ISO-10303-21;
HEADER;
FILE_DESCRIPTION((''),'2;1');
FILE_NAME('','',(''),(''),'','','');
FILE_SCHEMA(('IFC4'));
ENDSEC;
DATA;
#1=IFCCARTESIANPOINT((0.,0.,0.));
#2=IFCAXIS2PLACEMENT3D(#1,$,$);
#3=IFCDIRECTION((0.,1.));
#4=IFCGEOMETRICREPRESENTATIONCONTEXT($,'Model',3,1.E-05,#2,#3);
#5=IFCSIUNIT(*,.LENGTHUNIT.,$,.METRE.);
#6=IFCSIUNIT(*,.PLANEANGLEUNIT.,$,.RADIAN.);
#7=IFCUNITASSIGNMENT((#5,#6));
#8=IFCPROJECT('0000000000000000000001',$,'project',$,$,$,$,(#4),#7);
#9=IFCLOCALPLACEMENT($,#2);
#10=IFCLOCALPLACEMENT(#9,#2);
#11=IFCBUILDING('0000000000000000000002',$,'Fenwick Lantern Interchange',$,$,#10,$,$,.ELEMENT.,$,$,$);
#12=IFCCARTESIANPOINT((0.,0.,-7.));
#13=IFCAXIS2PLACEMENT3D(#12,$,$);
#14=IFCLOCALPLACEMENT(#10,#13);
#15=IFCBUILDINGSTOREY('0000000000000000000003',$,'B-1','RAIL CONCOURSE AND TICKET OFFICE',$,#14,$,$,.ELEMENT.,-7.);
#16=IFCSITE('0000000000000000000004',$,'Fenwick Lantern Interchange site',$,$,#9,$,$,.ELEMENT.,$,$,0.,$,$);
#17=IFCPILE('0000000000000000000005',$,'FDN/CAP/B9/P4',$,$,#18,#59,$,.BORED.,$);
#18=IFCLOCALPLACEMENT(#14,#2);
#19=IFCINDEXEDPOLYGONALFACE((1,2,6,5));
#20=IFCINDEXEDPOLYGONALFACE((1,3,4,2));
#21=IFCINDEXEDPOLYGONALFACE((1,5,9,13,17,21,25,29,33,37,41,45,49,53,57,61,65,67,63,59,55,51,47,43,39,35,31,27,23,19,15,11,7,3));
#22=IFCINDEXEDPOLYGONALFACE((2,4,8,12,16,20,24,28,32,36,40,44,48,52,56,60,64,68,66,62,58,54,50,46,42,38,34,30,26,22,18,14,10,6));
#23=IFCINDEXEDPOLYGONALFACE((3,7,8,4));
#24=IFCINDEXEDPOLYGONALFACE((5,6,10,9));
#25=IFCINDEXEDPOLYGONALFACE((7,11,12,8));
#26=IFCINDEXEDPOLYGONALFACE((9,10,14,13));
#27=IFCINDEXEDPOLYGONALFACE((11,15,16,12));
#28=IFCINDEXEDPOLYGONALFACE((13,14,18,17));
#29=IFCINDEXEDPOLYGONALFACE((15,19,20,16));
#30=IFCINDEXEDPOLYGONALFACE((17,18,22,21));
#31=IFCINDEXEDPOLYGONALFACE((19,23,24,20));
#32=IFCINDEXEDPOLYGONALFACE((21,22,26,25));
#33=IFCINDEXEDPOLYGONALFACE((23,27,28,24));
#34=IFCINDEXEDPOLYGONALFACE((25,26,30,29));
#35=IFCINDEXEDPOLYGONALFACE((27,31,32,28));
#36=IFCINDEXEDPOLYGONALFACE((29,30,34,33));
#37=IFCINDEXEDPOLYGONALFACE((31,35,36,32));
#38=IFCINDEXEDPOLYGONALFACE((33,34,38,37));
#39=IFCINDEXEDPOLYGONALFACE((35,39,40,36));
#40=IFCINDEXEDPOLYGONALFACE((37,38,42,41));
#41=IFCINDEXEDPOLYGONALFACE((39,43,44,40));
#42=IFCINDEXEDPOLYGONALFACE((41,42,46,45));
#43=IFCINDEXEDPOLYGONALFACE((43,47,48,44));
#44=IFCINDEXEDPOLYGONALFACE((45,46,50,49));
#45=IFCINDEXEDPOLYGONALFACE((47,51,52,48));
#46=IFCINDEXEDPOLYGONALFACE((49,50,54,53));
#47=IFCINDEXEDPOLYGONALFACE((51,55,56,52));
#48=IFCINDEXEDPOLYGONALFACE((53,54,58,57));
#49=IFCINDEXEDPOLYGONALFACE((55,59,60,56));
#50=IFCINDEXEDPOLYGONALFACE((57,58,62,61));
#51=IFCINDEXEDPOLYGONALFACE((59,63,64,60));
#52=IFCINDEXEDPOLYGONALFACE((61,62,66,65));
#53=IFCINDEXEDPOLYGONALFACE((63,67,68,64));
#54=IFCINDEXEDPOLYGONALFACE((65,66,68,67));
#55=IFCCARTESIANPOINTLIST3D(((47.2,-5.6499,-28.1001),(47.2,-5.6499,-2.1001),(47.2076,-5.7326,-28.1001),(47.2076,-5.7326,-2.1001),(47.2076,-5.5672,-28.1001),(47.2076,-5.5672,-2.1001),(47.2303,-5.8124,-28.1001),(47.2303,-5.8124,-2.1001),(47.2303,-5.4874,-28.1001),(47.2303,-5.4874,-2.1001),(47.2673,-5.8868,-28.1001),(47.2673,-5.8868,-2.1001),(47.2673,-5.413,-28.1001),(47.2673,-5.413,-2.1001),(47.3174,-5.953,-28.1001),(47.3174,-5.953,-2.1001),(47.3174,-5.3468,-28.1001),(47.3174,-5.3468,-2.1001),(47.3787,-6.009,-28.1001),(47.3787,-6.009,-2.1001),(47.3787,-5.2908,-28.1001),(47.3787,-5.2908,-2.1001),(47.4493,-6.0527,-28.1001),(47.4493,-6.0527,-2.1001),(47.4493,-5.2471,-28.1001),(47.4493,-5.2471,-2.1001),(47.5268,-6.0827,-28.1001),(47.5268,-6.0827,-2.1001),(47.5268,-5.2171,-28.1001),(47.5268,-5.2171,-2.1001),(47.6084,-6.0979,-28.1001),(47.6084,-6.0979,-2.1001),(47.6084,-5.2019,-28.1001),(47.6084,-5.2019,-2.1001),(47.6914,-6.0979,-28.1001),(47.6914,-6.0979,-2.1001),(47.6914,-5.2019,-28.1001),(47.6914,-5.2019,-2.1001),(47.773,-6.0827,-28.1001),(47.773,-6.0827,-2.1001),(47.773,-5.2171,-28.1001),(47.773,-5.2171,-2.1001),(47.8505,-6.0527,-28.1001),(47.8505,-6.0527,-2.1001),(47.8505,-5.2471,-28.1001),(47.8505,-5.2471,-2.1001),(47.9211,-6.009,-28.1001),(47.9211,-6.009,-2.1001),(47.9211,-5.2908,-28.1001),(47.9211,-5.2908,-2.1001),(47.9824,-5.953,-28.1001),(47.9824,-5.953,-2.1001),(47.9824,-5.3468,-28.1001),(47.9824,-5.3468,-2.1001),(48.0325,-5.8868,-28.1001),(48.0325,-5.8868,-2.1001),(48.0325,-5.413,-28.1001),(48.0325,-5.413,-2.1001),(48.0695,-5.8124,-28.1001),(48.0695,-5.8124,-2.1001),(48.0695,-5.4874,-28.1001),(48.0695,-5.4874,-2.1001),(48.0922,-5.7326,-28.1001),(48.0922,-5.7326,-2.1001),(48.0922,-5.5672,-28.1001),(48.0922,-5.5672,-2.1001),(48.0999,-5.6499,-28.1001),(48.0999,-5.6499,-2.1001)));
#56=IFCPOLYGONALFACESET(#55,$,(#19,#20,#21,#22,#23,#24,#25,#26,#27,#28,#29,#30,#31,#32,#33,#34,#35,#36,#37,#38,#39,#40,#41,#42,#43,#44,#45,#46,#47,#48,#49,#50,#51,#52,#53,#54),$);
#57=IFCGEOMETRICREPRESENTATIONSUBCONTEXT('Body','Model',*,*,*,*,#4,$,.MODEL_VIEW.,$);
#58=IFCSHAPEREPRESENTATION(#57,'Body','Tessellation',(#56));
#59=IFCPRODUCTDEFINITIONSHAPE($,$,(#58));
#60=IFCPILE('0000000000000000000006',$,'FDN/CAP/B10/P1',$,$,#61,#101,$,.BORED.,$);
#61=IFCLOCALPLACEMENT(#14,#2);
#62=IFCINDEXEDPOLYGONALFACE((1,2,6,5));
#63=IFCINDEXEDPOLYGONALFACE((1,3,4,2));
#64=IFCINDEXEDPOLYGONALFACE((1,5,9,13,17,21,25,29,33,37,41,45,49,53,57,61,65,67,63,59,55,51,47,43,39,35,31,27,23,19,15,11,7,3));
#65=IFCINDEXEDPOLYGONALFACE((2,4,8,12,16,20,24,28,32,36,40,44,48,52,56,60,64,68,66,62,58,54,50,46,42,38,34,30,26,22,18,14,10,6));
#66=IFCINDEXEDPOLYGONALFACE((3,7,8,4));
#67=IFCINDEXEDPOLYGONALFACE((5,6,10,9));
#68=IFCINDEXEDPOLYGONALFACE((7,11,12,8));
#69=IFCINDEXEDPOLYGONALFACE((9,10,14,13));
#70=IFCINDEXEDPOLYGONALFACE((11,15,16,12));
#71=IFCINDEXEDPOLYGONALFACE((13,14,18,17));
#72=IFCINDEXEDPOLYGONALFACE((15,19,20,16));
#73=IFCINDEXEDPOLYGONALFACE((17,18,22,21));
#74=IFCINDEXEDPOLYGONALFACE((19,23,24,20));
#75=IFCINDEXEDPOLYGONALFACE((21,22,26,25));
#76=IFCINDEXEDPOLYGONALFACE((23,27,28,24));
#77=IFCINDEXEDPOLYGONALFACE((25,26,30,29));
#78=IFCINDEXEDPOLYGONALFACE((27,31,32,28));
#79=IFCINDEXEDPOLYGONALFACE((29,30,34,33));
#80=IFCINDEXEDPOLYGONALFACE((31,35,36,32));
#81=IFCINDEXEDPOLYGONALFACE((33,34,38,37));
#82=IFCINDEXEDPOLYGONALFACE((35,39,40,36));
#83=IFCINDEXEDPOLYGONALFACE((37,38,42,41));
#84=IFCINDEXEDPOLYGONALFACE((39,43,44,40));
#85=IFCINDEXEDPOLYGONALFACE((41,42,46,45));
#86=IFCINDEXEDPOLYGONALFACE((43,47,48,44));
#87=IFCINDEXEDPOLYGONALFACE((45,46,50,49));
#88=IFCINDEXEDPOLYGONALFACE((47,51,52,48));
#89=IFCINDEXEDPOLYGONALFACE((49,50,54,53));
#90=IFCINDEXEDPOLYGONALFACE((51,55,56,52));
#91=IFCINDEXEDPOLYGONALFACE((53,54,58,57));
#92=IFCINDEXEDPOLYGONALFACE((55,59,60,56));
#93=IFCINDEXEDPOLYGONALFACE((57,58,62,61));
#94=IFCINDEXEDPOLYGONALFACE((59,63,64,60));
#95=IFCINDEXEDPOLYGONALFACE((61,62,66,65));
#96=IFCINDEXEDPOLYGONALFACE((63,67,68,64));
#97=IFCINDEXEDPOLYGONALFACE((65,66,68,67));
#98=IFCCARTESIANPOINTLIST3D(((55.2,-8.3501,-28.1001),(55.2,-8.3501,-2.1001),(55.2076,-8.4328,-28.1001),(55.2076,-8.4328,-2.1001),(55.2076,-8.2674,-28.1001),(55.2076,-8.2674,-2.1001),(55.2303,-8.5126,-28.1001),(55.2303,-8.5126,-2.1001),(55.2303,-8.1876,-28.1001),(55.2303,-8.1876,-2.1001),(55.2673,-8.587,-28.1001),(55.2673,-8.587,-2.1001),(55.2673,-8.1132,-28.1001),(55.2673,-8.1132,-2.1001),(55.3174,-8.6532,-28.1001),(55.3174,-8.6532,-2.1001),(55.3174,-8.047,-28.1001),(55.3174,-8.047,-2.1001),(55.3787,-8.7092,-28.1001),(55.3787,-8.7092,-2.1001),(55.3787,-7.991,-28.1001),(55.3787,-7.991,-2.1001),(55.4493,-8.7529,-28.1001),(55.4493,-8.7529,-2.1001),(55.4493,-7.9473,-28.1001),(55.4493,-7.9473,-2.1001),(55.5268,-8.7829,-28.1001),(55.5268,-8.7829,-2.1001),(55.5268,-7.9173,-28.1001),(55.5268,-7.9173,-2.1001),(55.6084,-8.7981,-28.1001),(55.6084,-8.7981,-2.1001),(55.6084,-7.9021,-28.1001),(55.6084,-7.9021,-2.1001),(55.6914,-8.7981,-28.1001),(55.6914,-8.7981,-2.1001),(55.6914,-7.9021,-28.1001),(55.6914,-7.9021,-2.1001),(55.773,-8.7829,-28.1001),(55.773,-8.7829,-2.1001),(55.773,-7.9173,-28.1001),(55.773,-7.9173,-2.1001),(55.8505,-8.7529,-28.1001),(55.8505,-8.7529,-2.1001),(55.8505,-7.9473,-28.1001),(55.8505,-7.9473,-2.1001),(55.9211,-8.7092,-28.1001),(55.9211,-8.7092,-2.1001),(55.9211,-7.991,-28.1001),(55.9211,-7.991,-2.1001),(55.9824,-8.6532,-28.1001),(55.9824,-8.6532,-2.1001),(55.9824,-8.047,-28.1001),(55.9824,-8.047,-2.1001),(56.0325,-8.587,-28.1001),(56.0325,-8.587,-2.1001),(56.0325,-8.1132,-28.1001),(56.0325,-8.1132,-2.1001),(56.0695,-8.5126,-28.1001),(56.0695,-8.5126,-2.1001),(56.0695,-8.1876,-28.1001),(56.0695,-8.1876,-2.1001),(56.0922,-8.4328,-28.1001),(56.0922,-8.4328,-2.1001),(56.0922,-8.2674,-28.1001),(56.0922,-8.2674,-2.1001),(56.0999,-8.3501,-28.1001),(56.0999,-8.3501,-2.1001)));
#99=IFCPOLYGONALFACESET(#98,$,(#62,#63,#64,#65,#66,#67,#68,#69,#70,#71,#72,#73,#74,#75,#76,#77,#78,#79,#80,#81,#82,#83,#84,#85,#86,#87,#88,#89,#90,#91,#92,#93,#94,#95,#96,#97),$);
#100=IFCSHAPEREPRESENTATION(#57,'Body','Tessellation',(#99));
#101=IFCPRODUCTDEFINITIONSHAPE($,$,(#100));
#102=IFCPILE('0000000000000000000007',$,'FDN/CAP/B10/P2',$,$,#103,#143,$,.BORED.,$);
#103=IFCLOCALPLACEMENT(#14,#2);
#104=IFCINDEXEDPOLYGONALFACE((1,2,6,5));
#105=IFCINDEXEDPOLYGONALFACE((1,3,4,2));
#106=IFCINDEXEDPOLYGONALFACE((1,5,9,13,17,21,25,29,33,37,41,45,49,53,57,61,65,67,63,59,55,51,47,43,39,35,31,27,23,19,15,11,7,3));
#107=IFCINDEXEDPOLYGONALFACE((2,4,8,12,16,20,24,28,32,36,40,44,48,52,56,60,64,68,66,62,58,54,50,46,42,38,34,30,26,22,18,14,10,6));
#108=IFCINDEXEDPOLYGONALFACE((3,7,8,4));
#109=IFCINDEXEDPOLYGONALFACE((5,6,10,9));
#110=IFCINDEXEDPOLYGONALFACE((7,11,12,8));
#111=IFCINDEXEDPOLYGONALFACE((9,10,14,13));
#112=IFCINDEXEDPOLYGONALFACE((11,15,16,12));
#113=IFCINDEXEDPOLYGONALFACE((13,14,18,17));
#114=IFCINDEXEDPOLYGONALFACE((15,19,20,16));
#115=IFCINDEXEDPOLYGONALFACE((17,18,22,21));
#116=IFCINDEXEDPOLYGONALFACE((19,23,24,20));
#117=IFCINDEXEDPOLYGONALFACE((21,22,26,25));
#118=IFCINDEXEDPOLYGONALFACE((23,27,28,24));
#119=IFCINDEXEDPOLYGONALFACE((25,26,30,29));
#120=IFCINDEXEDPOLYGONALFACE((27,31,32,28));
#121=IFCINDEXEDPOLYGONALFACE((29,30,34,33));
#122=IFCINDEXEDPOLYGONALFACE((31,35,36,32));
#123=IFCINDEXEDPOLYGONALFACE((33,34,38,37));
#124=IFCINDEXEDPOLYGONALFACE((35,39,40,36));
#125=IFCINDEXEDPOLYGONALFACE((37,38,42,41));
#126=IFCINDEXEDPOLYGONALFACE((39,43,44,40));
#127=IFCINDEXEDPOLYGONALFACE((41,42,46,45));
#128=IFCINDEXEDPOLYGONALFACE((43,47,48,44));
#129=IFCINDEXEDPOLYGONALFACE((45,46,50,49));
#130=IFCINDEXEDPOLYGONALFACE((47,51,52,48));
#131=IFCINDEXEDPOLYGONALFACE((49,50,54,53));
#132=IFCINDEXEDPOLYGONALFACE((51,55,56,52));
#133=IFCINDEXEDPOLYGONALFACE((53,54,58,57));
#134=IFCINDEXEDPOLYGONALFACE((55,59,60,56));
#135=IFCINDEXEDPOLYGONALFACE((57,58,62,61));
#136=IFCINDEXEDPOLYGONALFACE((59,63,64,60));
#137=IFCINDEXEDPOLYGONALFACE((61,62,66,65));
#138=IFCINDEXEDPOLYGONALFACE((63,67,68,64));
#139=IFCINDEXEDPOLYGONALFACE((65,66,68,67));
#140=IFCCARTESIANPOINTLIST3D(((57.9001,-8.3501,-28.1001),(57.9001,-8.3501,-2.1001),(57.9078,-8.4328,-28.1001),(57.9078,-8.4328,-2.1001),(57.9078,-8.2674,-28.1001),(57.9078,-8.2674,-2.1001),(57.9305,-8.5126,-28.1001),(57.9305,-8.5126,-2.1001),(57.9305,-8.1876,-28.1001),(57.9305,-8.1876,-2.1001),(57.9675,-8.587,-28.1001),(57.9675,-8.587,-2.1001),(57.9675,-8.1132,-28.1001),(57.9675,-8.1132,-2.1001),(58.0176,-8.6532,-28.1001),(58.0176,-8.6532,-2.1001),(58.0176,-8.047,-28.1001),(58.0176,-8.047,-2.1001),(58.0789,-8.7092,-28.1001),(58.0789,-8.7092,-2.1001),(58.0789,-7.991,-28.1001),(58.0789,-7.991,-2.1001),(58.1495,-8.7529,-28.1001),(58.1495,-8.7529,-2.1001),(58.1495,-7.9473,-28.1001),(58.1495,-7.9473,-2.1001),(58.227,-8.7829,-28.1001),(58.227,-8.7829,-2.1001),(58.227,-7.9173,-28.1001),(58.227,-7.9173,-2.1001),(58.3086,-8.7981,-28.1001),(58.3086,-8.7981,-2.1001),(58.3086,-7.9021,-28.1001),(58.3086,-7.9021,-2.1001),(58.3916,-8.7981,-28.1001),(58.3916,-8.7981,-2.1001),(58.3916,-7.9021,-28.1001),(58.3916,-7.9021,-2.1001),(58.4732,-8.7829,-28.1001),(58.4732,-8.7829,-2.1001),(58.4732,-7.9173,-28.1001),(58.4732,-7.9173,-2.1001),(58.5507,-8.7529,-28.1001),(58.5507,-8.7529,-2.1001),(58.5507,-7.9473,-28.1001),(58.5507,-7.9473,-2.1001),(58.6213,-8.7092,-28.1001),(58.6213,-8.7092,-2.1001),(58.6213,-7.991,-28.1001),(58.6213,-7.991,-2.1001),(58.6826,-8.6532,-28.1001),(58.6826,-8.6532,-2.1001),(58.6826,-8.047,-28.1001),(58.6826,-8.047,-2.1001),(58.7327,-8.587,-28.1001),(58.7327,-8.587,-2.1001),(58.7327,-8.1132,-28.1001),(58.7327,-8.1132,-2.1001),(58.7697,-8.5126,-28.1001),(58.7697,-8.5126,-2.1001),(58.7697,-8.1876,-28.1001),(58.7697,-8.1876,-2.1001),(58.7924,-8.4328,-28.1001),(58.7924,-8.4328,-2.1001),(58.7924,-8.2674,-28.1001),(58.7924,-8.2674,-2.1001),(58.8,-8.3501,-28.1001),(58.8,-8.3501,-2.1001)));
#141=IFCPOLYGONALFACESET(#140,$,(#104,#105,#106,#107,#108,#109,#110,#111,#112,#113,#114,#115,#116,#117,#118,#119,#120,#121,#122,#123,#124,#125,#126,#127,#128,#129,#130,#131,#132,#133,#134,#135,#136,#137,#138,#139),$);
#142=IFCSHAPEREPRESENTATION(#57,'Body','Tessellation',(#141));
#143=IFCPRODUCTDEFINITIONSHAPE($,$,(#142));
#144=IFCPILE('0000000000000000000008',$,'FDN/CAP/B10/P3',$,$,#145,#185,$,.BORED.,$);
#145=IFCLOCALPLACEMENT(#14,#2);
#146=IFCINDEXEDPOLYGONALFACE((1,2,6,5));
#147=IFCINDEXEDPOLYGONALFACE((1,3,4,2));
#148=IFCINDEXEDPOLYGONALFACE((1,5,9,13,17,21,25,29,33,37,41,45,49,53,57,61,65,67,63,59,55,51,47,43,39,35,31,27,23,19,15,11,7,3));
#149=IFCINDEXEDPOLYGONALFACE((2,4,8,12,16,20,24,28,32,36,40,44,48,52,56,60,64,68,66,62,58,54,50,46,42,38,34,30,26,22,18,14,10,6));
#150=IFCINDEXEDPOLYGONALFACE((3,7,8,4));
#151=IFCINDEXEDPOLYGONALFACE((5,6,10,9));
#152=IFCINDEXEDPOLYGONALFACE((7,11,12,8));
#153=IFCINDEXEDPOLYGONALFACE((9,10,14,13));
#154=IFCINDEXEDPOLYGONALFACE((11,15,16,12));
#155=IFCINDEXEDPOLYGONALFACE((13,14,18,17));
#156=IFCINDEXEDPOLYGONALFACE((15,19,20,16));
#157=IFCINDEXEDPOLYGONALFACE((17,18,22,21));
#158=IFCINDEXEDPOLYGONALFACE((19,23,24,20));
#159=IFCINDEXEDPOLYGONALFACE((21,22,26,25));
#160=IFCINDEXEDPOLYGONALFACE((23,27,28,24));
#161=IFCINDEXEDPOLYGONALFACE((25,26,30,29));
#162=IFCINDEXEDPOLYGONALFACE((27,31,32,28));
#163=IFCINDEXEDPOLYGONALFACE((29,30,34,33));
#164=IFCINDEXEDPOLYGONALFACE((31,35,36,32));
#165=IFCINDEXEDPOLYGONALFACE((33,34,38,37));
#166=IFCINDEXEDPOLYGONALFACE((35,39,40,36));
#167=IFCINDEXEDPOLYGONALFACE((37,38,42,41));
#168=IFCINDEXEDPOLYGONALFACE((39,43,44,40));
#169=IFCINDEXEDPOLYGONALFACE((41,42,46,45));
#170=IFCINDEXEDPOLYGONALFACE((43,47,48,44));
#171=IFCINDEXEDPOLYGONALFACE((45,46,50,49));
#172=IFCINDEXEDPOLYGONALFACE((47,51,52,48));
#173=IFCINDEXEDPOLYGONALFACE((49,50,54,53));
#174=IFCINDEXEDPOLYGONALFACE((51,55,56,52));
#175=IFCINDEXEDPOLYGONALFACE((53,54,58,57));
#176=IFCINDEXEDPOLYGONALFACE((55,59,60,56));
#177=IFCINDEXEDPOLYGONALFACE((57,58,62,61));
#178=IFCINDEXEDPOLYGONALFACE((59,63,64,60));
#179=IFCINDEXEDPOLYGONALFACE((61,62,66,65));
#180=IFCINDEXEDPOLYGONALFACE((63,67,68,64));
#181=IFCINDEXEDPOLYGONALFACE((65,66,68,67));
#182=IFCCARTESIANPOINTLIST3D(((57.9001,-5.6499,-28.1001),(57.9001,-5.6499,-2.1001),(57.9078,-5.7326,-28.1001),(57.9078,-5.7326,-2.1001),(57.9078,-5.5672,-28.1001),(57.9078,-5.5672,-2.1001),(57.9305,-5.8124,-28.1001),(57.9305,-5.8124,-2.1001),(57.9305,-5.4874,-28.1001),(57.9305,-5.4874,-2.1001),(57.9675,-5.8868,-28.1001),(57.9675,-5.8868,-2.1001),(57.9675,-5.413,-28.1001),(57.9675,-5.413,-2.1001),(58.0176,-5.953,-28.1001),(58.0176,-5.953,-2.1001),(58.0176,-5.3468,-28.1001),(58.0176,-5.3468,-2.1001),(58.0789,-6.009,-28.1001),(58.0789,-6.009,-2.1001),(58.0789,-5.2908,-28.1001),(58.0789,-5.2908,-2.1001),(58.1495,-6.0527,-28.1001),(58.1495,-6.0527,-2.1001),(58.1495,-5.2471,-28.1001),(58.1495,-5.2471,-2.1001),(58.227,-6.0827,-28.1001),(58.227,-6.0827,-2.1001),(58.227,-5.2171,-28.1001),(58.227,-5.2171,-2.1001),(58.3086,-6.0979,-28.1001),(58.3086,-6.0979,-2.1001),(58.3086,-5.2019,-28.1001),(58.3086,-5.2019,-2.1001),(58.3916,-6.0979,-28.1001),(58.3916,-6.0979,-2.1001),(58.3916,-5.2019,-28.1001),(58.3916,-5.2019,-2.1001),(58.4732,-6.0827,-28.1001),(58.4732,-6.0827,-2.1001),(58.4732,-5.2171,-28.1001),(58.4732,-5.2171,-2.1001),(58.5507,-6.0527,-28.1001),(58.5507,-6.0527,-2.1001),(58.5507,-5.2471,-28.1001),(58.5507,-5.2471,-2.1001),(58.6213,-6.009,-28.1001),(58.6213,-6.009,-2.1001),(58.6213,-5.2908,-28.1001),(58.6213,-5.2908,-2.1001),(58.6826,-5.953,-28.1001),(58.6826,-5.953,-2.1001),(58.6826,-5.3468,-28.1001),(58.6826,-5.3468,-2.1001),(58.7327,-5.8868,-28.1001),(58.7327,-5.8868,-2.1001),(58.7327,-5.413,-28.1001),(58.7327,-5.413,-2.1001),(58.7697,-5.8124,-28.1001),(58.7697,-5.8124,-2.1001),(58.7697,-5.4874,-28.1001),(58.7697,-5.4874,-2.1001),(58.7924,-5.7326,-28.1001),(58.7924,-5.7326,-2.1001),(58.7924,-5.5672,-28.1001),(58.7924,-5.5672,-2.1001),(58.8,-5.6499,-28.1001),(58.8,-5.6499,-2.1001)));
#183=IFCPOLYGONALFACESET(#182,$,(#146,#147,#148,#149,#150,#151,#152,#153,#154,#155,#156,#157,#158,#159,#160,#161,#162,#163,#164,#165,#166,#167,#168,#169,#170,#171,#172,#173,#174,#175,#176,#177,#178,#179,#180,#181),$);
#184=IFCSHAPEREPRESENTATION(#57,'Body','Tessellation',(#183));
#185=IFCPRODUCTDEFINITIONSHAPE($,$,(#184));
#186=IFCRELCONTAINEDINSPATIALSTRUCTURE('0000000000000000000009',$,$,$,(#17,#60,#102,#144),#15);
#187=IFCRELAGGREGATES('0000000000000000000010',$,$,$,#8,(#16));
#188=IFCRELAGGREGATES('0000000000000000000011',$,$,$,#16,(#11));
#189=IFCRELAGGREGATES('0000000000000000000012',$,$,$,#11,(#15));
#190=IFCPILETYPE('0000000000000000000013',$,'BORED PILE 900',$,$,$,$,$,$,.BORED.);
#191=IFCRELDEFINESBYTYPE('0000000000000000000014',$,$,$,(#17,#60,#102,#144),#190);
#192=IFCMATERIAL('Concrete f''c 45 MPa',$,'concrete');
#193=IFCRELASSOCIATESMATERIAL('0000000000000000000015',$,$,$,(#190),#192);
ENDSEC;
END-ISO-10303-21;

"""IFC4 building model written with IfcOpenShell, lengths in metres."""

from ifc_helpers import new_model, si_unit, direction, frame, origin, origin_2d, place, context, subcontext, project, spatial, circle, extrude, material, type_object, element, save


model = new_model("IFC4")

# Units and contexts
model_context = context("Model", 3, precision=1e-05, world=origin(), true_north=direction((0.0, 1.0)))
body_context = subcontext(model_context, "Body", "Model", "MODEL_VIEW")
ifc_project = project(units=[si_unit("LENGTHUNIT", "METRE"), si_unit("PLANEANGLEUNIT", "RADIAN")], contexts=[model_context])

# Site, building, storey
site_placement = place(None, origin())
site = spatial("IfcSite", under=ifc_project, at=site_placement, Name="Fenwick Lantern Interchange site", CompositionType="ELEMENT", RefElevation=0.0)
building_placement = place(site_placement, origin())
building = spatial("IfcBuilding", under=site, at=building_placement, Name="Fenwick Lantern Interchange", CompositionType="ELEMENT")
storey_placement = place(building_placement, frame((0.0, 0.0, -7.0)))
storey = spatial("IfcBuildingStorey", under=building, at=storey_placement, Name="B-1", Description="RAIL CONCOURSE AND TICKET OFFICE", CompositionType="ELEMENT", Elevation=-7.0)

# Piles
ifc_material_1 = material(Name="Concrete f'c 45 MPa", Category="concrete")
pile_type_1 = type_object("IfcPileType", Name="BORED PILE 900", PredefinedType="BORED", material=ifc_material_1)
for number, where, z_axis, x_axis, name in (
    (1, (47.6499, -5.6499, -2.1001), (0.0, 0.0, -1.0), (1.0, 0.0, 0.0), "FDN/CAP/B9/P4"),
    (2, (55.6499, -8.3501, -2.1001), (0.0, 0.0, -1.0), (1.0, 0.0, 0.0), "FDN/CAP/B10/P1"),
    (3, (58.3501, -8.3501, -2.1001), (0.0, 0.0, -1.0), (1.0, 0.0, 0.0), "FDN/CAP/B10/P2"),
    (4, (58.3501, -5.6499, -2.1001), (0.0, 0.0, -1.0), (1.0, 0.0, 0.0), "FDN/CAP/B10/P3"),
):
    element("IfcPile", number, at=place(storey_placement, frame(where, z_axis=z_axis, x_axis=x_axis)), inside=storey, type_object=pile_type_1, Name=name, PredefinedType="BORED", context=body_context, shape_type="SweptSolid", body=[
        extrude(circle(Radius=0.45, at=origin_2d()), origin(), (0.0, 0.0, 1.0), 26.0),
    ])

save(model, "model.ifc")
